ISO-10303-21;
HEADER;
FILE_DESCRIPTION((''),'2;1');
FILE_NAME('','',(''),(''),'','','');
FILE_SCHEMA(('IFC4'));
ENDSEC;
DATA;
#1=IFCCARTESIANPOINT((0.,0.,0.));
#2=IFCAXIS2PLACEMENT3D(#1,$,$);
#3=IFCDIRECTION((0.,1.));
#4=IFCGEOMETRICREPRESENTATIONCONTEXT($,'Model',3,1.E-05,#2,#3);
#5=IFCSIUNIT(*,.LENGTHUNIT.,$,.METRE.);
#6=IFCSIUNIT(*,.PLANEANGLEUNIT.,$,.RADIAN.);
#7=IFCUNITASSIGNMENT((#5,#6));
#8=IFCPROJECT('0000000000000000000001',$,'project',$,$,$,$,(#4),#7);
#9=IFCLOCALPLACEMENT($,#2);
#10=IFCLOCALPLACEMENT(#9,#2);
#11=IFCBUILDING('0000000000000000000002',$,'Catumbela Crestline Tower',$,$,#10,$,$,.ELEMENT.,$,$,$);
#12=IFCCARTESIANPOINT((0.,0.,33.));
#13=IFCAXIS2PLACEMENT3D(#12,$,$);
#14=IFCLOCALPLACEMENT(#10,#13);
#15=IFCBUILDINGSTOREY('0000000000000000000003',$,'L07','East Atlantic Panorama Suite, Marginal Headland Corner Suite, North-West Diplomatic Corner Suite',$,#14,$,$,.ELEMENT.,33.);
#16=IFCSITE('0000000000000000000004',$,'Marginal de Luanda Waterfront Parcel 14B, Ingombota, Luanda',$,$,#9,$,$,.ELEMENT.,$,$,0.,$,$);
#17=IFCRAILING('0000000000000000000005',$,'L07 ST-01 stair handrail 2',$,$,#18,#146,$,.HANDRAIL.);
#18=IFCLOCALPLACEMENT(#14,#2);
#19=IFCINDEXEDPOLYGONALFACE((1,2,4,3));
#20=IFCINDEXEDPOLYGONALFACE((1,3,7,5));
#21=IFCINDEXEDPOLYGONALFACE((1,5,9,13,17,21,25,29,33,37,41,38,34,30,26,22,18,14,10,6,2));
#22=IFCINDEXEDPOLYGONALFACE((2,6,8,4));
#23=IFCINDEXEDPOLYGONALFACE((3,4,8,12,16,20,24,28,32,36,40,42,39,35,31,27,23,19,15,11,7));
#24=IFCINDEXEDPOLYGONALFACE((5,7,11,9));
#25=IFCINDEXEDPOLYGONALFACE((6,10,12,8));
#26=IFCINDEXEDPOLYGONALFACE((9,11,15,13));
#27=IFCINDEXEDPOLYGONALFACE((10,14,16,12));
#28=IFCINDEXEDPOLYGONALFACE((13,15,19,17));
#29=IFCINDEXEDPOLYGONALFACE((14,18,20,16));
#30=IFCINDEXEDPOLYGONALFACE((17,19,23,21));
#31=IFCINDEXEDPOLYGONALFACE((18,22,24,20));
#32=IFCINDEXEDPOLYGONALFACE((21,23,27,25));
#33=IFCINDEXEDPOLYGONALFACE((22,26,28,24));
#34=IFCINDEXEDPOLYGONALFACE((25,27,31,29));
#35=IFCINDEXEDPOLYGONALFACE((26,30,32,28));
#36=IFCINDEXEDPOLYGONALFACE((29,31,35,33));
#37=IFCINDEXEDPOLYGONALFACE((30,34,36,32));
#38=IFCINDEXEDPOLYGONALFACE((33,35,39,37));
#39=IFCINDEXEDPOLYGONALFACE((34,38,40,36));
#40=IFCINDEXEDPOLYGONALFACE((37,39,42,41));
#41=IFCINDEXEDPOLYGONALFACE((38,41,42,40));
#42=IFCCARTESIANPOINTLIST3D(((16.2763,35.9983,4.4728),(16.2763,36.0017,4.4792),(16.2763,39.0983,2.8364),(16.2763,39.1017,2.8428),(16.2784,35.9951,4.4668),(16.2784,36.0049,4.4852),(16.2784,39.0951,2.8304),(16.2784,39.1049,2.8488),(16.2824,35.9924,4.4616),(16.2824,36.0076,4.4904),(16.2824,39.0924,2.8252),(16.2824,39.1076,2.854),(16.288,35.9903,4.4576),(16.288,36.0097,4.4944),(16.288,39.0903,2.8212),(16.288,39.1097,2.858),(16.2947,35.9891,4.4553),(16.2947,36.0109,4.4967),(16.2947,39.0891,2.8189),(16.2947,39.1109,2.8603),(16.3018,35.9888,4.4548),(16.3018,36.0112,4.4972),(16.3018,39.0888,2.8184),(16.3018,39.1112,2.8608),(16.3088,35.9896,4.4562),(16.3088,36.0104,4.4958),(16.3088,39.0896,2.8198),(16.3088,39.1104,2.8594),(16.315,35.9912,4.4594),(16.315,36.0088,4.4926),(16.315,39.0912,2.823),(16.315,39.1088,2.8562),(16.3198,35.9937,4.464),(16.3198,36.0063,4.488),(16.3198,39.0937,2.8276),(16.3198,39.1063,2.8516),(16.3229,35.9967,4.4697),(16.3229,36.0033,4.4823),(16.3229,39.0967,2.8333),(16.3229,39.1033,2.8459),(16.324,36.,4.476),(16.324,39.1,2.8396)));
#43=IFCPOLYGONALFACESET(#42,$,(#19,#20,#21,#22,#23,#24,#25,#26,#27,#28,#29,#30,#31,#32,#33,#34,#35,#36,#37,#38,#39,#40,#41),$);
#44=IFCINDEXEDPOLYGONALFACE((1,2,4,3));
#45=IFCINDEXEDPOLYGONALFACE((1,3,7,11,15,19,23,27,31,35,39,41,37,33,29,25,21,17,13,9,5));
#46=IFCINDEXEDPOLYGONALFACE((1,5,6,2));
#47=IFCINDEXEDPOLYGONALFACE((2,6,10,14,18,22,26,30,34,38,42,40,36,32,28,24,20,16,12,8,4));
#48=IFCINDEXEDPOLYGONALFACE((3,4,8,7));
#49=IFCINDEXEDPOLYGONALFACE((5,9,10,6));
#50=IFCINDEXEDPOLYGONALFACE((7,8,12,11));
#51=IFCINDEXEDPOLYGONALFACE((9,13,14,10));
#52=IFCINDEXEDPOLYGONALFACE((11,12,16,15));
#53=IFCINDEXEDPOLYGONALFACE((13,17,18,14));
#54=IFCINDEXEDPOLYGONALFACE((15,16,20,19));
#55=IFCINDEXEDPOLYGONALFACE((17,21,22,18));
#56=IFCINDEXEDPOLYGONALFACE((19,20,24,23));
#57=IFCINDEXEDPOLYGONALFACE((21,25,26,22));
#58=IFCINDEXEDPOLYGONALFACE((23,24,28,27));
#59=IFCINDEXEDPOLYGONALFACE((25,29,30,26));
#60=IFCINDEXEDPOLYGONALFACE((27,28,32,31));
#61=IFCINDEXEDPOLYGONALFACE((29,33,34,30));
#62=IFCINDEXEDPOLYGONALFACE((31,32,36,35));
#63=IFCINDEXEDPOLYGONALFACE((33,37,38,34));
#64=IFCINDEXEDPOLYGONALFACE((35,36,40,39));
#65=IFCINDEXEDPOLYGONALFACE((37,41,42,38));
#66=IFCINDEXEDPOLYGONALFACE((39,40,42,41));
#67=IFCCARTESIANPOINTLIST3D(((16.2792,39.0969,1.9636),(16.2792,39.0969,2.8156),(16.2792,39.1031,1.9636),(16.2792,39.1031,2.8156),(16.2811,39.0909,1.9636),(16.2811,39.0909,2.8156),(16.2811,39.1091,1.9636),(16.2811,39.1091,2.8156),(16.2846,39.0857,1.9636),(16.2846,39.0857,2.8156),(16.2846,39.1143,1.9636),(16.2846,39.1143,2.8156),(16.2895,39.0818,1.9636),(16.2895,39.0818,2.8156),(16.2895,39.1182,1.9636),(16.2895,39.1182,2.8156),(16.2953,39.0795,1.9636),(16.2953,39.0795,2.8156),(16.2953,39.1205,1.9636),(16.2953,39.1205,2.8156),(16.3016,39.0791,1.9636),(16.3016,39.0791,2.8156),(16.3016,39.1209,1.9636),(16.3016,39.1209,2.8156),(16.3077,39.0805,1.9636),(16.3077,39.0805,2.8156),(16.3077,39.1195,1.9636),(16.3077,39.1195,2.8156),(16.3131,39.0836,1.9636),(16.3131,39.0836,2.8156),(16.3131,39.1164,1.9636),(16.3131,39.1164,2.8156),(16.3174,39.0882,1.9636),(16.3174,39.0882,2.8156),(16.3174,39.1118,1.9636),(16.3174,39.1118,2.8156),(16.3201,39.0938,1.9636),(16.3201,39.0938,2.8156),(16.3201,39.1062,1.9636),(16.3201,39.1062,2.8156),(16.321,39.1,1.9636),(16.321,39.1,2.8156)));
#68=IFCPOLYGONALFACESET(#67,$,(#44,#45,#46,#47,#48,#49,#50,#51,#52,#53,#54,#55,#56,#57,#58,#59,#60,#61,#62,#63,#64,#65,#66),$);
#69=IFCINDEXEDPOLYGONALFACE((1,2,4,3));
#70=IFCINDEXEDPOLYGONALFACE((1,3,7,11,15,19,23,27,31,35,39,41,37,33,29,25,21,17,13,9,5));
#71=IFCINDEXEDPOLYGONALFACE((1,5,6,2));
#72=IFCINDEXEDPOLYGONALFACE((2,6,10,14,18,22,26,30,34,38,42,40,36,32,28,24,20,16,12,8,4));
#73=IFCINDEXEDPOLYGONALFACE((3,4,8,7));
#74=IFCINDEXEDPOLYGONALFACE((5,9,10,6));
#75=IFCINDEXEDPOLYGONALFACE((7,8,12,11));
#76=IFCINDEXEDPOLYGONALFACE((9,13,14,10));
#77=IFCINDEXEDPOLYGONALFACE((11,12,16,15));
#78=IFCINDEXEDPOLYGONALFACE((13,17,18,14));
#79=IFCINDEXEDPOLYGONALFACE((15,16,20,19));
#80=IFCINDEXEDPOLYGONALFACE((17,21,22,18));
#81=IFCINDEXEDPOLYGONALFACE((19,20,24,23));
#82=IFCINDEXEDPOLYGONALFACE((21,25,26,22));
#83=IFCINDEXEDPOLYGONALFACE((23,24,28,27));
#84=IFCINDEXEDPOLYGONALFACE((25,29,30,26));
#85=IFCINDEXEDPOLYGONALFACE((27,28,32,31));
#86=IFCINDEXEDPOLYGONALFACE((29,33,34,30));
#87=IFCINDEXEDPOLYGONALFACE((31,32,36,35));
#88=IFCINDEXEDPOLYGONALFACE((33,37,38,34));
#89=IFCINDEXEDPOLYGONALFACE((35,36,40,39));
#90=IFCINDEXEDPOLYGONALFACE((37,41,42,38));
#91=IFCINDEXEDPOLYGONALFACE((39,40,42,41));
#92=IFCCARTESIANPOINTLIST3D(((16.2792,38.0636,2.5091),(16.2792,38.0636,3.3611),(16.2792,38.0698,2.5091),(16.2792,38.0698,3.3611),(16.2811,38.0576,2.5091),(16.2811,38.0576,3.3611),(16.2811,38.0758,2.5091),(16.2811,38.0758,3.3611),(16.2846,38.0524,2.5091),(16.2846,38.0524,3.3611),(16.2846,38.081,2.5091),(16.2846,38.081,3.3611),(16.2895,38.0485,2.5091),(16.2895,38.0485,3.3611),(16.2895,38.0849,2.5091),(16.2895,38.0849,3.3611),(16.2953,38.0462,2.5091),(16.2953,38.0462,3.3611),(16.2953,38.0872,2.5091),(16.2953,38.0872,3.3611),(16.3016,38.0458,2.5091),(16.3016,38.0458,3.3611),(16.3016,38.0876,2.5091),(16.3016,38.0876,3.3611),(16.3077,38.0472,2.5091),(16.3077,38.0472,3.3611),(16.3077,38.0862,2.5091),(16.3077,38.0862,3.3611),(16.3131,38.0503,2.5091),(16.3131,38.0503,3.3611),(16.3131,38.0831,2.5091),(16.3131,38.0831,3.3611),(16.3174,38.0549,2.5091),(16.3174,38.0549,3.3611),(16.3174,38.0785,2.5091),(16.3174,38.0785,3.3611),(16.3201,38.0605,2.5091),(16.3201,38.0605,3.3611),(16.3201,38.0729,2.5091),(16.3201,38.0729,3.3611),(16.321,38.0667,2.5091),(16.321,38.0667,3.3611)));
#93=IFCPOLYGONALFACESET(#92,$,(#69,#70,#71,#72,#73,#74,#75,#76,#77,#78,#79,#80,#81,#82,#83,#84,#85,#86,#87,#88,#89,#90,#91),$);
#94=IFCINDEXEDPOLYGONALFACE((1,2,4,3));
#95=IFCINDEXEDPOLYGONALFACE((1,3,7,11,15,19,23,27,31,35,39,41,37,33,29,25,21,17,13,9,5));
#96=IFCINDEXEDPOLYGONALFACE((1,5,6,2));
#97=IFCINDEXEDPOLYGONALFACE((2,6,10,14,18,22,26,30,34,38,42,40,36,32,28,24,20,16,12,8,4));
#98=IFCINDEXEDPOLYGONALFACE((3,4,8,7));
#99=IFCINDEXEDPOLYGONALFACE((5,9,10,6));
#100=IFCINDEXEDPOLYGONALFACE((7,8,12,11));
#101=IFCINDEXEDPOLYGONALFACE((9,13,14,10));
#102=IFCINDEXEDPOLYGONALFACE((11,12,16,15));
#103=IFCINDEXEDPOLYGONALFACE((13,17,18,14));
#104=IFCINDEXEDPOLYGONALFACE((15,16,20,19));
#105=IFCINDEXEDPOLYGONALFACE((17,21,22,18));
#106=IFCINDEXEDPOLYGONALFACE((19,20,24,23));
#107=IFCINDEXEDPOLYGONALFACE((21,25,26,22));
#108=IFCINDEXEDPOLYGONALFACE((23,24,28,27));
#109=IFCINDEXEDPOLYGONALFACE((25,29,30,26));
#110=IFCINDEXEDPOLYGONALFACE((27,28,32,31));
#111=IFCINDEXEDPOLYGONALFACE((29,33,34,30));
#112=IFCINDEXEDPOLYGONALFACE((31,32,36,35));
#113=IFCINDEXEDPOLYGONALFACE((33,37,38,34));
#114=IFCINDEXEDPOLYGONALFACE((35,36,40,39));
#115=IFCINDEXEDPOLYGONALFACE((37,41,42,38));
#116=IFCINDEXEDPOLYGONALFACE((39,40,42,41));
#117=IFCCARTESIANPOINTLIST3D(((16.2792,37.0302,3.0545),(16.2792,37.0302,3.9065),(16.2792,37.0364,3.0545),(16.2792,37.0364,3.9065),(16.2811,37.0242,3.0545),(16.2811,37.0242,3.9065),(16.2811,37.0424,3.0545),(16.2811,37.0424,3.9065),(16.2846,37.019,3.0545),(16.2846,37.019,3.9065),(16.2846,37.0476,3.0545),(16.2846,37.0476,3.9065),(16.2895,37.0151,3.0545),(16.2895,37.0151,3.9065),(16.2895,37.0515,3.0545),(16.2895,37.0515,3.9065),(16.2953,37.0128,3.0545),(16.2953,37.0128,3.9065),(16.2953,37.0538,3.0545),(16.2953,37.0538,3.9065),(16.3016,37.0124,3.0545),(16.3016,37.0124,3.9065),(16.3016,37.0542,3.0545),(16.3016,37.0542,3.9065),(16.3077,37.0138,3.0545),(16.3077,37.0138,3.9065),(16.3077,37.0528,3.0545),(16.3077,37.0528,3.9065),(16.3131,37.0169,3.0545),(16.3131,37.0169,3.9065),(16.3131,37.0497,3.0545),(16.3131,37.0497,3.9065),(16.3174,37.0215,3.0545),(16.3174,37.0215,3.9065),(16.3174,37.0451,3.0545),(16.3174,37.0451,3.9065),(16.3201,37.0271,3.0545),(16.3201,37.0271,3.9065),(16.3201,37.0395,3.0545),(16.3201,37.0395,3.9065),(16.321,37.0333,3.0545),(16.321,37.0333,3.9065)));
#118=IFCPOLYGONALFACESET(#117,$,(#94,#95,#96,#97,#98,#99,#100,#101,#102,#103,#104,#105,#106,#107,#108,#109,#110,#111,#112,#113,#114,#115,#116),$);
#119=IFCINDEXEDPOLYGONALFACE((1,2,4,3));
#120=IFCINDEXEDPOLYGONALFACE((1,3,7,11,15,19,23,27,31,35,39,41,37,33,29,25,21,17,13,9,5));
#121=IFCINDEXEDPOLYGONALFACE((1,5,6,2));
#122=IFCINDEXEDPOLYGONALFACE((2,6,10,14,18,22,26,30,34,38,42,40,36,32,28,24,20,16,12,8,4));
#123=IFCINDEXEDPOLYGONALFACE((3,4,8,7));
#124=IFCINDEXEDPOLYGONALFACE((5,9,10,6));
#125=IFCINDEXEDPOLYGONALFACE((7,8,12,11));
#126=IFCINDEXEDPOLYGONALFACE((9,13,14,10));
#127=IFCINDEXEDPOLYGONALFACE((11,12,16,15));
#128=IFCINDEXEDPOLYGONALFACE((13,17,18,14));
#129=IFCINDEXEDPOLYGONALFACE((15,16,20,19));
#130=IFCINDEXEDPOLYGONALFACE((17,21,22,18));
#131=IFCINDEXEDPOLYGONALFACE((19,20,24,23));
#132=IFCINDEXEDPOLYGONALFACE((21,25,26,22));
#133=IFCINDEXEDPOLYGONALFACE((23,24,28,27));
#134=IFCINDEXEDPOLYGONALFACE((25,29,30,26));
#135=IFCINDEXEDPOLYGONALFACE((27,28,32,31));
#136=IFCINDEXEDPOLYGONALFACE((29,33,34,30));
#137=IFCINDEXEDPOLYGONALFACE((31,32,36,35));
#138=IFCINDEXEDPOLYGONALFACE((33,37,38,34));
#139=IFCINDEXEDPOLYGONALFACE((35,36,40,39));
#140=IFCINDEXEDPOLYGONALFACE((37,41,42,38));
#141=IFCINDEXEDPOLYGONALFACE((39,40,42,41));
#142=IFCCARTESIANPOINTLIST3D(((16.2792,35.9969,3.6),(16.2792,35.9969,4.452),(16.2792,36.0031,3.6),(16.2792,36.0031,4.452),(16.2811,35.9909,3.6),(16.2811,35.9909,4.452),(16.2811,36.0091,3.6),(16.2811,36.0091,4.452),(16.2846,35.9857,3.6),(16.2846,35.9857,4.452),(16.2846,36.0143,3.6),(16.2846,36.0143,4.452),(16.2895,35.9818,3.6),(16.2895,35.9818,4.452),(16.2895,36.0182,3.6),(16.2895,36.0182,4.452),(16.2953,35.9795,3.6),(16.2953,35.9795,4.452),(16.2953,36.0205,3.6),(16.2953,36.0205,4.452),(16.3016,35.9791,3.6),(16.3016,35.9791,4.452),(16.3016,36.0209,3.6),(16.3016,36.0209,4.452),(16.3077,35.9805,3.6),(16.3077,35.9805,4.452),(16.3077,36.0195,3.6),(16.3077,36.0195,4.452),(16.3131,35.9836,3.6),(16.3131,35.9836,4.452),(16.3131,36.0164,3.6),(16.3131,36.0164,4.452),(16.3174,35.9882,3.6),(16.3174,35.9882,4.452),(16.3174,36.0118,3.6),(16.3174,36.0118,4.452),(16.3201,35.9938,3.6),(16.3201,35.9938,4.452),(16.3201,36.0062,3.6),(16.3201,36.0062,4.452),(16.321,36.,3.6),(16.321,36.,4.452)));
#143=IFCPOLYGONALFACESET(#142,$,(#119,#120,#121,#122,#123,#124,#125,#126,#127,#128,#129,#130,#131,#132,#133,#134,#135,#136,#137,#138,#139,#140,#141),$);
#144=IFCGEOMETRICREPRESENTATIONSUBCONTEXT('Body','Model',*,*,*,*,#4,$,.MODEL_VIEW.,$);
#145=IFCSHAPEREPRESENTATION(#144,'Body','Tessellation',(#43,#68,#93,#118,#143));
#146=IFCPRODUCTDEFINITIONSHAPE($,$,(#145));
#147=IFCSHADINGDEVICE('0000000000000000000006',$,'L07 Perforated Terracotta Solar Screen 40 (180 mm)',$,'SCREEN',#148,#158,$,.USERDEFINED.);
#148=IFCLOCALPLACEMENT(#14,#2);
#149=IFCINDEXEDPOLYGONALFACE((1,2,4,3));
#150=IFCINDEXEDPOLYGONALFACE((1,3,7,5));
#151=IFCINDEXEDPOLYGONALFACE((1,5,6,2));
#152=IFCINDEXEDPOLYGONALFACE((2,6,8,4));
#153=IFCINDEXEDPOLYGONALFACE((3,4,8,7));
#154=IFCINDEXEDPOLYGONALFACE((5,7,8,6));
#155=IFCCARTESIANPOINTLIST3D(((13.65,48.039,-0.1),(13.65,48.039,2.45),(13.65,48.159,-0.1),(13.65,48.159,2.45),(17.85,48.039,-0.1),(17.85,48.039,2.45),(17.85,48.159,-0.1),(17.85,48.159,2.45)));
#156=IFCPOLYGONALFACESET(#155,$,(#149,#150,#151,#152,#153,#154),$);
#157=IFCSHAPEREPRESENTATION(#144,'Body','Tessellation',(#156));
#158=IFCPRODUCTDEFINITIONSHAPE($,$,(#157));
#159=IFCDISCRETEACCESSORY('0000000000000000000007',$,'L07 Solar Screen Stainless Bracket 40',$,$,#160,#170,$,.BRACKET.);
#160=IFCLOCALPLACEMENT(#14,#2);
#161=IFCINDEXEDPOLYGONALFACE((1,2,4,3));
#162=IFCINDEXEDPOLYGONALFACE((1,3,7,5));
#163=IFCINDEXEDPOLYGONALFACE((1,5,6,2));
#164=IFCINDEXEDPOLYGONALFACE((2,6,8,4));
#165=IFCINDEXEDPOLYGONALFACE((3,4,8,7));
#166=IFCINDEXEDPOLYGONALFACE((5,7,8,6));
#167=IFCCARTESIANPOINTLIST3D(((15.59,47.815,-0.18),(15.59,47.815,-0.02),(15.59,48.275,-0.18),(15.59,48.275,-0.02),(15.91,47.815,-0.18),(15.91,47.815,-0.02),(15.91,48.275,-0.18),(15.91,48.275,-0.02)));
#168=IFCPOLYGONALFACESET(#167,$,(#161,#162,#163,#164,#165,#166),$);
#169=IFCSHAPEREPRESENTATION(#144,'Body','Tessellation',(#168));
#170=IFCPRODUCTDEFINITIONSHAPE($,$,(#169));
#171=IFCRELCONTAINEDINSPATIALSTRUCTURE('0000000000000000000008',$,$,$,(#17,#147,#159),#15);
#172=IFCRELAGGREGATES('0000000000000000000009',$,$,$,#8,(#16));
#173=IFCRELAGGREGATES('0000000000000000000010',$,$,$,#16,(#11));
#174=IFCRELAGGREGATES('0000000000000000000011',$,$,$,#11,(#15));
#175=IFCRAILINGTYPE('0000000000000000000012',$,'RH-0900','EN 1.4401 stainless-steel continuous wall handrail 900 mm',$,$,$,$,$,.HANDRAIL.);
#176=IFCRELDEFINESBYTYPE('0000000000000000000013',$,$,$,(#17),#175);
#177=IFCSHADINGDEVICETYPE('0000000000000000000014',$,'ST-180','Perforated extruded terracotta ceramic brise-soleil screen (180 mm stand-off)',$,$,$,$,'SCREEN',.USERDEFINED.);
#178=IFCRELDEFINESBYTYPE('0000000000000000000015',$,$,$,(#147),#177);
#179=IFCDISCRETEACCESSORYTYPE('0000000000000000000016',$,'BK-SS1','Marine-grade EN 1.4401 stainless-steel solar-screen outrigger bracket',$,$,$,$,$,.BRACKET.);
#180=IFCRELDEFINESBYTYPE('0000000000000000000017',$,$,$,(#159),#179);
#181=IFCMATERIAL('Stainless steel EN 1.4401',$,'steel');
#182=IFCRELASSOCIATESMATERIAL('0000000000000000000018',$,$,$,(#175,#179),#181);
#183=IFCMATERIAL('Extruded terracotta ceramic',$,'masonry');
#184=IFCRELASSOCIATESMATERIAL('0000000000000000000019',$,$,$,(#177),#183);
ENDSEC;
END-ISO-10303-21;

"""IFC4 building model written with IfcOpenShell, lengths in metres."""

from ifc_helpers import new_model, si_unit, direction, frame, origin, origin_2d, place, context, subcontext, project, spatial, rectangle, circle, extrude, material, type_object, element, save


model = new_model("IFC4")

# Units and contexts
model_context = context("Model", 3, precision=1e-05, world=origin(), true_north=direction((0.0, 1.0)))
body_context = subcontext(model_context, "Body", "Model", "MODEL_VIEW")
ifc_project = project(units=[si_unit("LENGTHUNIT", "METRE"), si_unit("PLANEANGLEUNIT", "RADIAN")], contexts=[model_context])

# Site, building, storey
site_placement = place(None, origin())
site = spatial("IfcSite", under=ifc_project, at=site_placement, Name="Marginal de Luanda Waterfront Parcel 14B, Ingombota, Luanda", CompositionType="ELEMENT", RefElevation=0.0)
building_placement = place(site_placement, origin())
building = spatial("IfcBuilding", under=site, at=building_placement, Name="Catumbela Crestline Tower", CompositionType="ELEMENT")
storey_placement = place(building_placement, frame((0.0, 0.0, 33.0)))
storey = spatial("IfcBuildingStorey", under=building, at=storey_placement, Name="L07", Description="East Atlantic Panorama Suite, Marginal Headland Corner Suite, North-West Diplomatic Corner Suite", CompositionType="ELEMENT", Elevation=33.0)

# Shared definitions
ifc_material_1 = material(Name="Stainless steel EN 1.4401", Category="steel")

# Railing
railing_type_1 = type_object("IfcRailingType", Name="RH-0900", Description="EN 1.4401 stainless-steel continuous wall handrail 900 mm", PredefinedType="HANDRAIL", material=ifc_material_1)
railing_1_placement = place(storey_placement, frame((16.3, 39.1, 1.9636)))
element("IfcRailing", 1, at=railing_1_placement, inside=storey, type_object=railing_type_1, Name="L07 ST-01 stair handrail 2", PredefinedType="HANDRAIL", context=body_context, shape_type="SweptSolid", body=[
    extrude(circle(Radius=0.024, at=origin_2d()), frame((0.0, 0.0, 0.876), z_axis=(0.0, -0.884351, 0.466823), x_axis=(1.0, 0.0, 0.0)), (0.0, 0.0, 1.0), 3.5054),
    extrude(circle(Radius=0.021, at=origin_2d()), origin(), (0.0, 0.0, 1.0), 0.852),
    extrude(circle(Radius=0.021, at=origin_2d()), frame((0.0, -1.0333, 0.5455)), (0.0, 0.0, 1.0), 0.852),
    extrude(circle(Radius=0.021, at=origin_2d()), frame((0.0, -2.0667, 1.0909)), (0.0, 0.0, 1.0), 0.852),
    extrude(circle(Radius=0.021, at=origin_2d()), frame((0.0, -3.1, 1.6364)), (0.0, 0.0, 1.0), 0.852),
])

# Shading device
ifc_material_2 = material(Name="Extruded terracotta ceramic", Category="masonry")
shading_device_type = type_object("IfcShadingDeviceType", Name="ST-180", Description="Perforated extruded terracotta ceramic brise-soleil screen (180 mm stand-off)", ElementType="SCREEN", PredefinedType="USERDEFINED", material=ifc_material_2)
shading_device_placement = place(storey_placement, frame((15.75, 48.099, -0.1), z_axis=(0.0, 0.0, 1.0), x_axis=(-1.0, 0.0, 0.0)))
element("IfcShadingDevice", 2, at=shading_device_placement, inside=storey, type_object=shading_device_type, Name="L07 Perforated Terracotta Solar Screen 40 (180 mm)", ObjectType="SCREEN", PredefinedType="USERDEFINED", context=body_context, shape_type="SweptSolid", body=[
    extrude(rectangle(XDim=4.2, YDim=0.12, at=origin_2d()), origin(), (0.0, 0.0, 1.0), 2.55),
])

# Discrete accessory
discrete_accessory_type = type_object("IfcDiscreteAccessoryType", Name="BK-SS1", Description="Marine-grade EN 1.4401 stainless-steel solar-screen outrigger bracket", PredefinedType="BRACKET", material=ifc_material_1)
discrete_accessory_placement = place(storey_placement, frame((15.75, 48.045, -0.18), z_axis=(0.0, 0.0, 1.0), x_axis=(-1.0, 0.0, 0.0)))
element("IfcDiscreteAccessory", 3, at=discrete_accessory_placement, inside=storey, type_object=discrete_accessory_type, Name="L07 Solar Screen Stainless Bracket 40", PredefinedType="BRACKET", context=body_context, shape_type="SweptSolid", body=[
    extrude(rectangle(XDim=0.32, YDim=0.46, at=origin_2d()), origin(), (0.0, 0.0, 1.0), 0.16),
])

save(model, "model.ifc")
